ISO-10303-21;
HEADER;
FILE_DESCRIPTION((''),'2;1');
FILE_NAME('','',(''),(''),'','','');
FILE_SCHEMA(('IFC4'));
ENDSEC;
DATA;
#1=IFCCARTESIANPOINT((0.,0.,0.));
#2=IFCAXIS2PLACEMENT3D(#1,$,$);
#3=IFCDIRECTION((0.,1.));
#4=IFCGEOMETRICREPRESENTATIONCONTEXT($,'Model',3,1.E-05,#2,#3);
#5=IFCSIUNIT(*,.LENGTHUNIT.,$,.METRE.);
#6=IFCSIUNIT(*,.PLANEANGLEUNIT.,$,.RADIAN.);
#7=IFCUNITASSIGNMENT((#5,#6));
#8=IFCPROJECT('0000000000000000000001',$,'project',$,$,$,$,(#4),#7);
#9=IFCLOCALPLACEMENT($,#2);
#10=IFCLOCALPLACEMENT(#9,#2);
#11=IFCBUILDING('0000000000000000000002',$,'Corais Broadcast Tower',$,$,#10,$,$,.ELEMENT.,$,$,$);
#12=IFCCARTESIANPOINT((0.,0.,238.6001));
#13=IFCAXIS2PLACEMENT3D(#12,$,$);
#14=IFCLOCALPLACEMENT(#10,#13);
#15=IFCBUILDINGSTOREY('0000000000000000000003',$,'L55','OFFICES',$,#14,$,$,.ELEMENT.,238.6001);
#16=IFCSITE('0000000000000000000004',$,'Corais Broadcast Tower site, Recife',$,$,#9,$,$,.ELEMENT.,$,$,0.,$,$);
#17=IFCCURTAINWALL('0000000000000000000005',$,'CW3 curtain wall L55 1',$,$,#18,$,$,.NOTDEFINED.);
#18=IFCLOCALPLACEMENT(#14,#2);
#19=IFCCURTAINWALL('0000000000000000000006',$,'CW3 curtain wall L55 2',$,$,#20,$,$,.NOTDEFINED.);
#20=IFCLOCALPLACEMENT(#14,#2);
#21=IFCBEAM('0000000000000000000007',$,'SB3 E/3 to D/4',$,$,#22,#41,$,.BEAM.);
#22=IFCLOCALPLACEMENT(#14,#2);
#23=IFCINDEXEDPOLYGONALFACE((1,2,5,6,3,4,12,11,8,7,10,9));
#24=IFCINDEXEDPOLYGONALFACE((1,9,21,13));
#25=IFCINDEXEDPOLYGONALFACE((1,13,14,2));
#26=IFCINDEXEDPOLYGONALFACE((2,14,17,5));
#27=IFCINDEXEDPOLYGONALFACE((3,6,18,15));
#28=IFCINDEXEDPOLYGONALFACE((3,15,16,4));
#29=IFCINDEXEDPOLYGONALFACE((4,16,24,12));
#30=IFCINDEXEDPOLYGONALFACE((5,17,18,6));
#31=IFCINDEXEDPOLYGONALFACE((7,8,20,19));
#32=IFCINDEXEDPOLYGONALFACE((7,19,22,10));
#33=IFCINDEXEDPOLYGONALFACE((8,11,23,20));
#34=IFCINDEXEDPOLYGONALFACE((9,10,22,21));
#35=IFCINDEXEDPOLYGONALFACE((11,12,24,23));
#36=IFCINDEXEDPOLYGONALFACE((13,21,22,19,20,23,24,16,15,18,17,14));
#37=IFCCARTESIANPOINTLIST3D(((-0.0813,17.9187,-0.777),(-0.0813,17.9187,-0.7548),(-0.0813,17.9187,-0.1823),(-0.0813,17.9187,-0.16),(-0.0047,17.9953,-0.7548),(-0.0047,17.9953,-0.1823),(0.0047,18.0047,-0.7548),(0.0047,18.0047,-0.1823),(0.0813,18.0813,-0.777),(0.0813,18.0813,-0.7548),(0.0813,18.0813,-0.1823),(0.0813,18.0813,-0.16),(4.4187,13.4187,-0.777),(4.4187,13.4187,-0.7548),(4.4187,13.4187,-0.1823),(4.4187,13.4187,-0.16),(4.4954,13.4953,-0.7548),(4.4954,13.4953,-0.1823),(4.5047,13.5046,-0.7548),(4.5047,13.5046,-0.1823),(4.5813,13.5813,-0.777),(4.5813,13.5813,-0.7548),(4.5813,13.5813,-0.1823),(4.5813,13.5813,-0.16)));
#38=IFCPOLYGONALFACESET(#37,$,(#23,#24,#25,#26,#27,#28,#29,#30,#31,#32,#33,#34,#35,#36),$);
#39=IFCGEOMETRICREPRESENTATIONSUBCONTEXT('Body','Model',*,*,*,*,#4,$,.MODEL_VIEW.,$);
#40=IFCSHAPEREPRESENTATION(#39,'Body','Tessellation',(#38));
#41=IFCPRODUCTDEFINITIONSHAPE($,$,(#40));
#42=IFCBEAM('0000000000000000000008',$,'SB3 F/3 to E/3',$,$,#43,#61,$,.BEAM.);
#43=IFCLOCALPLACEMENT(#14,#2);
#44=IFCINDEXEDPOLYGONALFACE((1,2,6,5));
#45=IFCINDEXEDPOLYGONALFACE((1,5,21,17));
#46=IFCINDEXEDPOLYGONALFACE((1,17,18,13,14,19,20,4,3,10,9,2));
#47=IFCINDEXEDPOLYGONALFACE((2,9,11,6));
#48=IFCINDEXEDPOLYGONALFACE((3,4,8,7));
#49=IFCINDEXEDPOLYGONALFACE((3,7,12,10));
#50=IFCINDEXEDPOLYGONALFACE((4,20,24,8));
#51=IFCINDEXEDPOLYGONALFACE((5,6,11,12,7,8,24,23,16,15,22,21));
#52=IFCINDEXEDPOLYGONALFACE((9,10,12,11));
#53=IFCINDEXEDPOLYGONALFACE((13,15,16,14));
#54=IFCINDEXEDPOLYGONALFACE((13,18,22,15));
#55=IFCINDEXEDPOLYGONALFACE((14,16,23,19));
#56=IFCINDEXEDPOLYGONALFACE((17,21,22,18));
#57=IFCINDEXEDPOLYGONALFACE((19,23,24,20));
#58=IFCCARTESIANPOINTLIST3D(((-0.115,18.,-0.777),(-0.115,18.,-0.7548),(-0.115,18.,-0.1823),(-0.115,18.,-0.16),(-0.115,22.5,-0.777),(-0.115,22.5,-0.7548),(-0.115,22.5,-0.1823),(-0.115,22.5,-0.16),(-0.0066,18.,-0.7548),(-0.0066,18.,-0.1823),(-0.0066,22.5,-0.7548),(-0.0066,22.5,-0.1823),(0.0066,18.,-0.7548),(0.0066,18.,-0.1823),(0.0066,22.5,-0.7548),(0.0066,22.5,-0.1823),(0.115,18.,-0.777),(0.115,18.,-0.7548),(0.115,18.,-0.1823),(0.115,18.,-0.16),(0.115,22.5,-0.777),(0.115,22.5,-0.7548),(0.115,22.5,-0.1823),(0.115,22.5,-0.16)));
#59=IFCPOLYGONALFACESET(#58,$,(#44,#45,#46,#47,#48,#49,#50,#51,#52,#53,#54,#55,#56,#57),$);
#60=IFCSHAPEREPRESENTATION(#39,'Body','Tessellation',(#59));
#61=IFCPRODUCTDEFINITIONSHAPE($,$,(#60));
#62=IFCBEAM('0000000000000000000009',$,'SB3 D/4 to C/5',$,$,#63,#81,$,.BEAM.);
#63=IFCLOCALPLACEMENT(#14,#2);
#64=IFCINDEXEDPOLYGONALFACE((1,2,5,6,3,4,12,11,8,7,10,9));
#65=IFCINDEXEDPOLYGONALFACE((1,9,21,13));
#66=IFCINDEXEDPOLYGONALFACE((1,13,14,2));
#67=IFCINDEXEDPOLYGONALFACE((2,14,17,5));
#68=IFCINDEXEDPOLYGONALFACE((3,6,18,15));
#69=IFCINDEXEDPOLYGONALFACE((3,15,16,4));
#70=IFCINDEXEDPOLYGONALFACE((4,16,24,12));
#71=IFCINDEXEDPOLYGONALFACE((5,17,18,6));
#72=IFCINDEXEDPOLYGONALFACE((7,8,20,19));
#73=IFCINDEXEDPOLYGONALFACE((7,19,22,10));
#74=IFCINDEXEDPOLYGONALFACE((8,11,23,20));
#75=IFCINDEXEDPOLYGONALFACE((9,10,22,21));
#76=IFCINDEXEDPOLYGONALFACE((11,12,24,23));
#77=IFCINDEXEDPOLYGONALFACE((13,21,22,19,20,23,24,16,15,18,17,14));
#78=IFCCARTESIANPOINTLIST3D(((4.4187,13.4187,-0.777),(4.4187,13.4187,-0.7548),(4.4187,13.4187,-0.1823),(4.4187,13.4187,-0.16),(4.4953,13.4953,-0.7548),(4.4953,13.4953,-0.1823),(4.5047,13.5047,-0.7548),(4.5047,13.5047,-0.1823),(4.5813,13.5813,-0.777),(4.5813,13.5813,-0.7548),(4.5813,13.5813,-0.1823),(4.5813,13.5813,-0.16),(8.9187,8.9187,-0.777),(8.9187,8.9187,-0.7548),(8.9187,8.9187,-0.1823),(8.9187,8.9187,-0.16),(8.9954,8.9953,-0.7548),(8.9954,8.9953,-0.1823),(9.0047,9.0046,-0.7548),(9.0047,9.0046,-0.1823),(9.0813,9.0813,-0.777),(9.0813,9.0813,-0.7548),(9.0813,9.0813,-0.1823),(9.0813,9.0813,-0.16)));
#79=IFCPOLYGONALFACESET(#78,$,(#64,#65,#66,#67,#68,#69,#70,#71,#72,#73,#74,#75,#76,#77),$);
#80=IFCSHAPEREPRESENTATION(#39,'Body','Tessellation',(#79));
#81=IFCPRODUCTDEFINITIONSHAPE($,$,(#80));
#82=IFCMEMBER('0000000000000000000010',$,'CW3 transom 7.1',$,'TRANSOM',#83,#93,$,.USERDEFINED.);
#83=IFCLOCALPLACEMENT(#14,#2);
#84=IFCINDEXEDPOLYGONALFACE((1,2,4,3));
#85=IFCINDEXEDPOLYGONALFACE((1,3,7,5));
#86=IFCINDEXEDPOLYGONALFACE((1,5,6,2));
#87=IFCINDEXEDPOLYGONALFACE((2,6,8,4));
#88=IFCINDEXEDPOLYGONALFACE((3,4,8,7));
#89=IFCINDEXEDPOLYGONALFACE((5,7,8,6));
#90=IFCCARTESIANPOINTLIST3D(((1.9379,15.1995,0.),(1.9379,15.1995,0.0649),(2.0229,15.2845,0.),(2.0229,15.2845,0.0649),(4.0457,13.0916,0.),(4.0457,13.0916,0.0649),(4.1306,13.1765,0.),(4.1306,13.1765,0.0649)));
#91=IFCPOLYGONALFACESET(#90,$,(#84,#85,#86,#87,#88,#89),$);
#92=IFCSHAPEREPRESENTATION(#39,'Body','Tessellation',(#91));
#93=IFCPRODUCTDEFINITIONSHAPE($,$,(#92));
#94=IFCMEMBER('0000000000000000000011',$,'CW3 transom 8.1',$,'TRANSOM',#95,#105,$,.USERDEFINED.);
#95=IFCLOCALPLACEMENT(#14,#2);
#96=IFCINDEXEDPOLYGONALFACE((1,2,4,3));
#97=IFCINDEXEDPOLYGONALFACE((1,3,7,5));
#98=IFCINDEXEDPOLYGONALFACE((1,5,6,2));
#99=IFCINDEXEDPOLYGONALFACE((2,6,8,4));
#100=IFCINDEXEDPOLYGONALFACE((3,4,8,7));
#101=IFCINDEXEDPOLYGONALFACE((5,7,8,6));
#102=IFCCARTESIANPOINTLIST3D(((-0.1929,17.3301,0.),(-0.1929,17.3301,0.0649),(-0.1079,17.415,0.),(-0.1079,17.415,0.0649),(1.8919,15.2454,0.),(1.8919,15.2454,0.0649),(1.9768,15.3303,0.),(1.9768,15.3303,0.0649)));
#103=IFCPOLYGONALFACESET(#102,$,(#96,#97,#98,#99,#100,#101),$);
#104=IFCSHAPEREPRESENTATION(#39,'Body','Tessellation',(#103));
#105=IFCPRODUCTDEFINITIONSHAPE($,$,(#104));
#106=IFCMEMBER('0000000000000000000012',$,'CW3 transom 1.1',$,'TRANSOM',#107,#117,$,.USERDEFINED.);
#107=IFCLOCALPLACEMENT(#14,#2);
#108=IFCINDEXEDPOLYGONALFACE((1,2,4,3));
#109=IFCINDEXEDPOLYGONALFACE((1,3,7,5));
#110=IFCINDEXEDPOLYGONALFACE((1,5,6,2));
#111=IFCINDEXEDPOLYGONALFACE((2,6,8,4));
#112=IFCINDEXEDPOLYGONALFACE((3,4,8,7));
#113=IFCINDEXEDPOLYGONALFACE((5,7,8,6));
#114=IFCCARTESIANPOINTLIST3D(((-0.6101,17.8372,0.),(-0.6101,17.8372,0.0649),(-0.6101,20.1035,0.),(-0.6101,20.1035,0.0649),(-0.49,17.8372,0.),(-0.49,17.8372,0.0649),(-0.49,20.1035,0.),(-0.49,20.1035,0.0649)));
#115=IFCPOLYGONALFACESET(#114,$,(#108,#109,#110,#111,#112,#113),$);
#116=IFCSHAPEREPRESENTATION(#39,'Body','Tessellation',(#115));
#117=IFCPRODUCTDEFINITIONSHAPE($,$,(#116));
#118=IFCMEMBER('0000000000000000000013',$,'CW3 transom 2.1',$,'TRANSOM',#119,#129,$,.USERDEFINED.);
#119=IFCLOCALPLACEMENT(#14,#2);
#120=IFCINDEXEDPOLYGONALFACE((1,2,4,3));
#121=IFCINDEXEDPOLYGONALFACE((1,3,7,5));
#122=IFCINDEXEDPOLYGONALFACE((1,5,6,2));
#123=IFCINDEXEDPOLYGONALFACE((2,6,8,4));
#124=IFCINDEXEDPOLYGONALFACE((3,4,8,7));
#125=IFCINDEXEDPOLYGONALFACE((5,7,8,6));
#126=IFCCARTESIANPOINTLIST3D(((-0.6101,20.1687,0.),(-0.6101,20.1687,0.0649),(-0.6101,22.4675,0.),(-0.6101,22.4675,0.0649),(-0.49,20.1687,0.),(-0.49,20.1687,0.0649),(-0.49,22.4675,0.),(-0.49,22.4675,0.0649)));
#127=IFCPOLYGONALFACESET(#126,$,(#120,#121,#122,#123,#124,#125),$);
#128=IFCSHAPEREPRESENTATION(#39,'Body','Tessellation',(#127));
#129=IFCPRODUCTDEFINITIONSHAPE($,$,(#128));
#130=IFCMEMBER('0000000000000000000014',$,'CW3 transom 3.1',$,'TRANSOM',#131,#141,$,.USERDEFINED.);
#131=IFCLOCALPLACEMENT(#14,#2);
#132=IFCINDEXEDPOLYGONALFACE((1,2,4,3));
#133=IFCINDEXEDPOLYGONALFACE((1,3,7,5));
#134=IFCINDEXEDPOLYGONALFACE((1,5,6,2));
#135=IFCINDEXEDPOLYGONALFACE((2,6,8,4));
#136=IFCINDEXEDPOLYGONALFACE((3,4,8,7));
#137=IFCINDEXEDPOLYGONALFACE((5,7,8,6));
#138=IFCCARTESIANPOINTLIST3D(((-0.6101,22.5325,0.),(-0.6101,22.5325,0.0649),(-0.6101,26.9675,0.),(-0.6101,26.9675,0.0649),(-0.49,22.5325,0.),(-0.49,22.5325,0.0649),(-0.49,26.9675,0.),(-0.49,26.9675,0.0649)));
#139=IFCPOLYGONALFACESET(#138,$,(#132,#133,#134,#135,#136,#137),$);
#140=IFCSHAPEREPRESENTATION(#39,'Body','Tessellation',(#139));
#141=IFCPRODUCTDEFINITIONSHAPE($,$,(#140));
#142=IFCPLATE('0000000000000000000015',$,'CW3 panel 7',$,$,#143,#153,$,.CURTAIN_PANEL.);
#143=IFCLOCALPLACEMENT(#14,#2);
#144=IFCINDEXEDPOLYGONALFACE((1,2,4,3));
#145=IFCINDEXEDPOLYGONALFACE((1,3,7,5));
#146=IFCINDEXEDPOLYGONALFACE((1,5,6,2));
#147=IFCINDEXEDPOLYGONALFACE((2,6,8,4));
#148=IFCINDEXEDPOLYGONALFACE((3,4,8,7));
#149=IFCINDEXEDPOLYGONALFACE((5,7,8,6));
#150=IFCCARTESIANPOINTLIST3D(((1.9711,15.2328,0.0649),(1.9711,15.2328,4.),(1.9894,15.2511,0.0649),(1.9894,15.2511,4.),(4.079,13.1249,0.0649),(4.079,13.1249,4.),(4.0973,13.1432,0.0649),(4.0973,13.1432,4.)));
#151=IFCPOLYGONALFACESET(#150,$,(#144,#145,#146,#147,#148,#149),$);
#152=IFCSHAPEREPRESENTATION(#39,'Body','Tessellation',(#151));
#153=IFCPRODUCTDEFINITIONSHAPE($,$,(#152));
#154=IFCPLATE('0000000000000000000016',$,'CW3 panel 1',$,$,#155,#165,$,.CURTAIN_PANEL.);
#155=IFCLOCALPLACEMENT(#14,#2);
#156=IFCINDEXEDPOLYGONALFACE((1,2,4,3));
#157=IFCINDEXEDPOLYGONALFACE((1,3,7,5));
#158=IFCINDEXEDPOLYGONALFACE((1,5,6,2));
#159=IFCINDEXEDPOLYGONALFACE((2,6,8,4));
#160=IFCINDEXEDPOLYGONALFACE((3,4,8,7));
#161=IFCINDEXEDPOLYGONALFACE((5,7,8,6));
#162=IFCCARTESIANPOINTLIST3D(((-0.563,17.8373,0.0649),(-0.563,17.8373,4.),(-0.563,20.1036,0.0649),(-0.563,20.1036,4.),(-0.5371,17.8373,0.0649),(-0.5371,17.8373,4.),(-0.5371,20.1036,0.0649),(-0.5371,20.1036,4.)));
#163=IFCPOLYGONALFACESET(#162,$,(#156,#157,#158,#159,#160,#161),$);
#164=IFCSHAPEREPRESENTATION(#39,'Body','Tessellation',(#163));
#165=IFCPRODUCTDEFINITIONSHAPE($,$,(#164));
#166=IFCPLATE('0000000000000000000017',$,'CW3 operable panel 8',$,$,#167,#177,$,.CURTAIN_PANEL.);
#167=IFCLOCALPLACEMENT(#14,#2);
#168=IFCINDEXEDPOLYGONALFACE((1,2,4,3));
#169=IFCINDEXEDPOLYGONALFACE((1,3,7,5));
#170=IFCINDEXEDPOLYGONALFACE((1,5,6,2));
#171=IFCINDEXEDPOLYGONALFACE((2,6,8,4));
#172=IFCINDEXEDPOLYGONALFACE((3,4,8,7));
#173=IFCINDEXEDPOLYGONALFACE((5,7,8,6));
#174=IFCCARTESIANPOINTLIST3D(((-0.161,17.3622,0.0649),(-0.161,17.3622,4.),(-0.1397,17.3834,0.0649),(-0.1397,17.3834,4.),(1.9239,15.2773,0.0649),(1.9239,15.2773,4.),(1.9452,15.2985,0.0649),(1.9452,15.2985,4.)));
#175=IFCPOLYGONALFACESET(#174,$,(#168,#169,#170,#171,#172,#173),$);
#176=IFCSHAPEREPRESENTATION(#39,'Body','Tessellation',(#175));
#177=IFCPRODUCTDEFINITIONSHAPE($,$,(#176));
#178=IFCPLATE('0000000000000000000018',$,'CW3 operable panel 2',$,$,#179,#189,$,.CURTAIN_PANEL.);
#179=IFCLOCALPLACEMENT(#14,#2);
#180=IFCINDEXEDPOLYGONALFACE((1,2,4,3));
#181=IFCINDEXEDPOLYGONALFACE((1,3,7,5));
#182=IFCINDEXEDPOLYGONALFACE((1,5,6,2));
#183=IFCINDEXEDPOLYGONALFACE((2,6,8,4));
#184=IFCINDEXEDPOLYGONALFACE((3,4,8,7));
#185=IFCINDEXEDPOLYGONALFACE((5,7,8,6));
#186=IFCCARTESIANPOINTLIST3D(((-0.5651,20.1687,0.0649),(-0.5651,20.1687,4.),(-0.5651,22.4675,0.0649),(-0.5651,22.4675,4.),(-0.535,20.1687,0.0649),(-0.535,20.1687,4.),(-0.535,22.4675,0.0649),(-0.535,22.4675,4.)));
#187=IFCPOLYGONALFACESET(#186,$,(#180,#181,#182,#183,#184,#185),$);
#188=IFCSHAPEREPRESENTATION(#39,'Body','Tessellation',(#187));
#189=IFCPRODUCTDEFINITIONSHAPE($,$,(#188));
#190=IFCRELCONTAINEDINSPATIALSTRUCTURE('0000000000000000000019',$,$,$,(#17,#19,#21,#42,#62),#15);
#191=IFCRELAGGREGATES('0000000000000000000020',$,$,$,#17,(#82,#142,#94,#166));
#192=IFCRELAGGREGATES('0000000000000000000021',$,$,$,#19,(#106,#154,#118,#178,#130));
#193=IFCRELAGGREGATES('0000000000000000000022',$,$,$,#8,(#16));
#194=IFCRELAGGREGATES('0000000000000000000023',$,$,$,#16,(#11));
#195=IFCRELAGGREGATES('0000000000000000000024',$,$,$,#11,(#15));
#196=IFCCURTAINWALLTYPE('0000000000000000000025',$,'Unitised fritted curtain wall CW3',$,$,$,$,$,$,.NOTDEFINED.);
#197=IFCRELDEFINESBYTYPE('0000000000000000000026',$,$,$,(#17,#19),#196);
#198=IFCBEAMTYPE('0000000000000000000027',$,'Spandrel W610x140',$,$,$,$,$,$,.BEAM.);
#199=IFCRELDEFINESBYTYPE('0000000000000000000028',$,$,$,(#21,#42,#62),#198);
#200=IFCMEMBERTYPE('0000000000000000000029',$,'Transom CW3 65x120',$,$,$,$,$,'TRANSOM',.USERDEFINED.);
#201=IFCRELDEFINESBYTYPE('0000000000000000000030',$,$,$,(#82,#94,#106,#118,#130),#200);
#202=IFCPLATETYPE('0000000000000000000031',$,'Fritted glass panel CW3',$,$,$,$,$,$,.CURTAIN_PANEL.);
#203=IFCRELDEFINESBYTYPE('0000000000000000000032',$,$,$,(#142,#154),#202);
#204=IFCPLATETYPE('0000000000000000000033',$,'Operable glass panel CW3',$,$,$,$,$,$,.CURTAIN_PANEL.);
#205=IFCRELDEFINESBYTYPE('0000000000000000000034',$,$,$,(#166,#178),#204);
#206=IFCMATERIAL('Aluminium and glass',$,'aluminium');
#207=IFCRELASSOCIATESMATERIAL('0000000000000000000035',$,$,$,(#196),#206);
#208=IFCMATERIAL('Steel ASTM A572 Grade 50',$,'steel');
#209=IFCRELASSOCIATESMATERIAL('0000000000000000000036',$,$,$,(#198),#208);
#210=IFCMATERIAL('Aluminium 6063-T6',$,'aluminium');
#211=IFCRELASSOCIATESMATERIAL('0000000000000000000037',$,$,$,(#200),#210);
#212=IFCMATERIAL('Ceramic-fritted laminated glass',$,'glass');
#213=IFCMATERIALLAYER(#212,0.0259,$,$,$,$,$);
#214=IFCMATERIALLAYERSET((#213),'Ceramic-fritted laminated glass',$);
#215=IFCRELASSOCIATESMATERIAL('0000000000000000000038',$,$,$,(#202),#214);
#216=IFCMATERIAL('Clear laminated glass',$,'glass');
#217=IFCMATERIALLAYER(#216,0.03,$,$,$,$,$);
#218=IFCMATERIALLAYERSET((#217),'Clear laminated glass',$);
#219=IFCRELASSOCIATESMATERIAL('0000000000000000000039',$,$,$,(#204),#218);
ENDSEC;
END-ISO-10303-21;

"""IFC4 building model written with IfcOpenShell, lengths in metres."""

from ifc_helpers import new_model, si_unit, direction, frame, origin, origin_2d, place, context, subcontext, project, spatial, rectangle, i_section, extrude, material, layer, layer_set, material_profile, profile_set, type_object, element, aggregate, save


model = new_model("IFC4")

# Units and contexts
model_context = context("Model", 3, precision=1e-05, world=origin(), true_north=direction((0.0, 1.0)))
body_context = subcontext(model_context, "Body", "Model", "MODEL_VIEW")
ifc_project = project(units=[si_unit("LENGTHUNIT", "METRE"), si_unit("PLANEANGLEUNIT", "RADIAN")], contexts=[model_context])

# Site, building, storey
site_placement = place(None, origin())
site = spatial("IfcSite", under=ifc_project, at=site_placement, Name="Corais Broadcast Tower site, Recife", CompositionType="ELEMENT", RefElevation=0.0)
building_placement = place(site_placement, origin())
building = spatial("IfcBuilding", under=site, at=building_placement, Name="Corais Broadcast Tower", CompositionType="ELEMENT")
storey_placement = place(building_placement, frame((0.0, 0.0, 238.6001)))
storey = spatial("IfcBuildingStorey", under=building, at=storey_placement, Name="L55", Description="OFFICES", CompositionType="ELEMENT", Elevation=238.6001)

# Curtain walls
ifc_material_1 = material(Name="Aluminium and glass", Category="aluminium")
curtain_wall_type = type_object("IfcCurtainWallType", Name="Unitised fritted curtain wall CW3", PredefinedType="NOTDEFINED", material=ifc_material_1)
curtain_wall_1_placement = place(storey_placement, origin())
curtain_wall_1 = element("IfcCurtainWall", 1, at=curtain_wall_1_placement, inside=storey, type_object=curtain_wall_type, Name="CW3 curtain wall L55 1", PredefinedType="NOTDEFINED")
curtain_wall_2_placement = place(storey_placement, origin())
curtain_wall_2 = element("IfcCurtainWall", 2, at=curtain_wall_2_placement, inside=storey, type_object=curtain_wall_type, Name="CW3 curtain wall L55 2", PredefinedType="NOTDEFINED")

# Beams
ifc_material_2 = material(Name="Steel ASTM A572 Grade 50", Category="steel")
ifc_material_profile_1 = material_profile(ifc_material_2, i_section(OverallWidth=0.23, OverallDepth=0.6169, WebThickness=0.0132, FlangeThickness=0.0222, at=origin_2d()), Name="W610x140")
ifc_profile_set_1 = profile_set([ifc_material_profile_1], Name="Steel ASTM A572 Grade 50")
beam_type_1 = type_object("IfcBeamType", Name="Spandrel W610x140", PredefinedType="BEAM", material=ifc_profile_set_1)
beam_1_placement = place(storey_placement, frame((0.0, 18.0, -0.4685), z_axis=(0.707107, -0.707107, 0.0), x_axis=(0.707107, 0.707107, 0.0)))
element("IfcBeam", 3, at=beam_1_placement, inside=storey, type_object=beam_type_1, Name="SB3 E/3 to D/4", PredefinedType="BEAM", context=body_context, shape_type="SweptSolid", body=[
    extrude(i_section(OverallWidth=0.23, OverallDepth=0.6169, WebThickness=0.0132, FlangeThickness=0.0222, at=origin_2d()), origin(), (0.0, 0.0, 1.0), 6.364),
])
beam_2_placement = place(storey_placement, frame((0.0, 22.5, -0.4685), z_axis=(0.0, -1.0, 0.0), x_axis=(1.0, 0.0, 0.0)))
element("IfcBeam", 4, at=beam_2_placement, inside=storey, type_object=beam_type_1, Name="SB3 F/3 to E/3", PredefinedType="BEAM", context=body_context, shape_type="SweptSolid", body=[
    extrude(i_section(OverallWidth=0.23, OverallDepth=0.6169, WebThickness=0.0132, FlangeThickness=0.0222, at=origin_2d()), origin(), (0.0, 0.0, 1.0), 4.5),
])
beam_3_placement = place(storey_placement, frame((4.5, 13.5, -0.4685), z_axis=(0.707107, -0.707107, 0.0), x_axis=(0.707107, 0.707107, 0.0)))
element("IfcBeam", 5, at=beam_3_placement, inside=storey, type_object=beam_type_1, Name="SB3 D/4 to C/5", PredefinedType="BEAM", context=body_context, shape_type="SweptSolid", body=[
    extrude(i_section(OverallWidth=0.23, OverallDepth=0.6169, WebThickness=0.0132, FlangeThickness=0.0222, at=origin_2d()), origin(), (0.0, 0.0, 1.0), 6.364),
])

# Members
ifc_material_3 = material(Name="Aluminium 6063-T6", Category="aluminium")
ifc_material_profile_2 = material_profile(ifc_material_3, rectangle(XDim=0.1201, YDim=0.0649, at=origin_2d()), Name="Transom CW3 65x120")
ifc_profile_set_2 = profile_set([ifc_material_profile_2], Name="Aluminium 6063-T6")
member_type_1 = type_object("IfcMemberType", Name="Transom CW3 65x120", ElementType="TRANSOM", PredefinedType="USERDEFINED", material=ifc_profile_set_2)
member_1_placement = place(storey_placement, frame((4.0881, 13.134, 0.0325), z_axis=(-0.707066, 0.707148, 0.0), x_axis=(-0.707148, -0.707066, 0.0)))
member_1 = element("IfcMember", 6, at=member_1_placement, type_object=member_type_1, Name="CW3 transom 7.1", ObjectType="TRANSOM", PredefinedType="USERDEFINED", context=body_context, shape_type="SweptSolid", body=[
    extrude(rectangle(XDim=0.1201, YDim=0.0649, at=origin_2d()), origin(), (0.0, 0.0, 1.0), 2.981),
])
member_2_placement = place(storey_placement, frame((1.9343, 15.2878, 0.0325), z_axis=(-0.707107, 0.707107, 0.0), x_axis=(-0.707107, -0.707107, 0.0)))
member_2 = element("IfcMember", 7, at=member_2_placement, type_object=member_type_1, Name="CW3 transom 8.1", ObjectType="TRANSOM", PredefinedType="USERDEFINED", context=body_context, shape_type="SweptSolid", body=[
    extrude(rectangle(XDim=0.1201, YDim=0.0649, at=origin_2d()), origin(), (0.0, 0.0, 1.0), 2.9482),
])
member_3_placement = place(storey_placement, frame((-0.55, 17.8372, 0.0325), z_axis=(0.0, 1.0, 0.0), x_axis=(-1.0, 0.0, 0.0)))
member_3 = element("IfcMember", 8, at=member_3_placement, type_object=member_type_1, Name="CW3 transom 1.1", ObjectType="TRANSOM", PredefinedType="USERDEFINED", context=body_context, shape_type="SweptSolid", body=[
    extrude(rectangle(XDim=0.1201, YDim=0.0649, at=origin_2d()), origin(), (0.0, 0.0, 1.0), 2.2664),
])
member_4_placement = place(storey_placement, frame((-0.55, 20.1687, 0.0325), z_axis=(0.0, 1.0, 0.0), x_axis=(-1.0, 0.0, 0.0)))
member_4 = element("IfcMember", 9, at=member_4_placement, type_object=member_type_1, Name="CW3 transom 2.1", ObjectType="TRANSOM", PredefinedType="USERDEFINED", context=body_context, shape_type="SweptSolid", body=[
    extrude(rectangle(XDim=0.1201, YDim=0.0649, at=origin_2d()), origin(), (0.0, 0.0, 1.0), 2.2988),
])
member_5_placement = place(storey_placement, frame((-0.55, 22.5325, 0.0325), z_axis=(0.0, 1.0, 0.0), x_axis=(-1.0, 0.0, 0.0)))
member_5 = element("IfcMember", 10, at=member_5_placement, type_object=member_type_1, Name="CW3 transom 3.1", ObjectType="TRANSOM", PredefinedType="USERDEFINED", context=body_context, shape_type="SweptSolid", body=[
    extrude(rectangle(XDim=0.1201, YDim=0.0649, at=origin_2d()), origin(), (0.0, 0.0, 1.0), 4.4351),
])

# Plates
ifc_material_4 = material(Name="Ceramic-fritted laminated glass", Category="glass")
ifc_layer_1 = layer(ifc_material_4, 0.0259)
ifc_layer_set_1 = layer_set([ifc_layer_1], Name="Ceramic-fritted laminated glass")
plate_type_1 = type_object("IfcPlateType", Name="Fritted glass panel CW3", PredefinedType="CURTAIN_PANEL", material=ifc_layer_set_1)
plate_1_placement = place(storey_placement, frame((3.0342, 14.188, 0.0649), z_axis=(0.0, 0.0, 1.0), x_axis=(-0.707107, 0.707107, 0.0)))
plate_1 = element("IfcPlate", 11, at=plate_1_placement, type_object=plate_type_1, Name="CW3 panel 7", PredefinedType="CURTAIN_PANEL", context=body_context, shape_type="SweptSolid", body=[
    extrude(rectangle(XDim=2.981, YDim=0.0259, at=origin_2d()), origin(), (0.0, 0.0, 1.0), 3.9351),
])
plate_2_placement = place(storey_placement, frame((-0.55, 18.9705, 0.0649), z_axis=(0.0, 0.0, 1.0), x_axis=(0.0, 1.0, 0.0)))
plate_2 = element("IfcPlate", 12, at=plate_2_placement, type_object=plate_type_1, Name="CW3 panel 1", PredefinedType="CURTAIN_PANEL", context=body_context, shape_type="SweptSolid", body=[
    extrude(rectangle(XDim=2.2664, YDim=0.0259, at=origin_2d()), origin(), (0.0, 0.0, 1.0), 3.9351),
])
ifc_material_5 = material(Name="Clear laminated glass", Category="glass")
ifc_layer_2 = layer(ifc_material_5, 0.03)
ifc_layer_set_2 = layer_set([ifc_layer_2], Name="Clear laminated glass")
plate_type_2 = type_object("IfcPlateType", Name="Operable glass panel CW3", PredefinedType="CURTAIN_PANEL", material=ifc_layer_set_2)
plate_3_placement = place(storey_placement, frame((0.8921, 16.3303, 0.0649), z_axis=(0.0, 0.0, 1.0), x_axis=(-0.707107, 0.707107, 0.0)))
plate_3 = element("IfcPlate", 13, at=plate_3_placement, type_object=plate_type_2, Name="CW3 operable panel 8", PredefinedType="CURTAIN_PANEL", context=body_context, shape_type="SweptSolid", body=[
    extrude(rectangle(XDim=2.9485, YDim=0.03, at=origin_2d()), origin(), (0.0, 0.0, 1.0), 3.9351),
])
aggregate(curtain_wall_1, [member_1, plate_1, member_2, plate_3])
plate_4_placement = place(storey_placement, frame((-0.55, 21.3181, 0.0649), z_axis=(0.0, 0.0, 1.0), x_axis=(0.0, 1.0, 0.0)))
plate_4 = element("IfcPlate", 14, at=plate_4_placement, type_object=plate_type_2, Name="CW3 operable panel 2", PredefinedType="CURTAIN_PANEL", context=body_context, shape_type="SweptSolid", body=[
    extrude(rectangle(XDim=2.2988, YDim=0.03, at=origin_2d()), origin(), (0.0, 0.0, 1.0), 3.9351),
])
aggregate(curtain_wall_2, [member_3, plate_2, member_4, plate_4, member_5])

save(model, "model.ifc")
